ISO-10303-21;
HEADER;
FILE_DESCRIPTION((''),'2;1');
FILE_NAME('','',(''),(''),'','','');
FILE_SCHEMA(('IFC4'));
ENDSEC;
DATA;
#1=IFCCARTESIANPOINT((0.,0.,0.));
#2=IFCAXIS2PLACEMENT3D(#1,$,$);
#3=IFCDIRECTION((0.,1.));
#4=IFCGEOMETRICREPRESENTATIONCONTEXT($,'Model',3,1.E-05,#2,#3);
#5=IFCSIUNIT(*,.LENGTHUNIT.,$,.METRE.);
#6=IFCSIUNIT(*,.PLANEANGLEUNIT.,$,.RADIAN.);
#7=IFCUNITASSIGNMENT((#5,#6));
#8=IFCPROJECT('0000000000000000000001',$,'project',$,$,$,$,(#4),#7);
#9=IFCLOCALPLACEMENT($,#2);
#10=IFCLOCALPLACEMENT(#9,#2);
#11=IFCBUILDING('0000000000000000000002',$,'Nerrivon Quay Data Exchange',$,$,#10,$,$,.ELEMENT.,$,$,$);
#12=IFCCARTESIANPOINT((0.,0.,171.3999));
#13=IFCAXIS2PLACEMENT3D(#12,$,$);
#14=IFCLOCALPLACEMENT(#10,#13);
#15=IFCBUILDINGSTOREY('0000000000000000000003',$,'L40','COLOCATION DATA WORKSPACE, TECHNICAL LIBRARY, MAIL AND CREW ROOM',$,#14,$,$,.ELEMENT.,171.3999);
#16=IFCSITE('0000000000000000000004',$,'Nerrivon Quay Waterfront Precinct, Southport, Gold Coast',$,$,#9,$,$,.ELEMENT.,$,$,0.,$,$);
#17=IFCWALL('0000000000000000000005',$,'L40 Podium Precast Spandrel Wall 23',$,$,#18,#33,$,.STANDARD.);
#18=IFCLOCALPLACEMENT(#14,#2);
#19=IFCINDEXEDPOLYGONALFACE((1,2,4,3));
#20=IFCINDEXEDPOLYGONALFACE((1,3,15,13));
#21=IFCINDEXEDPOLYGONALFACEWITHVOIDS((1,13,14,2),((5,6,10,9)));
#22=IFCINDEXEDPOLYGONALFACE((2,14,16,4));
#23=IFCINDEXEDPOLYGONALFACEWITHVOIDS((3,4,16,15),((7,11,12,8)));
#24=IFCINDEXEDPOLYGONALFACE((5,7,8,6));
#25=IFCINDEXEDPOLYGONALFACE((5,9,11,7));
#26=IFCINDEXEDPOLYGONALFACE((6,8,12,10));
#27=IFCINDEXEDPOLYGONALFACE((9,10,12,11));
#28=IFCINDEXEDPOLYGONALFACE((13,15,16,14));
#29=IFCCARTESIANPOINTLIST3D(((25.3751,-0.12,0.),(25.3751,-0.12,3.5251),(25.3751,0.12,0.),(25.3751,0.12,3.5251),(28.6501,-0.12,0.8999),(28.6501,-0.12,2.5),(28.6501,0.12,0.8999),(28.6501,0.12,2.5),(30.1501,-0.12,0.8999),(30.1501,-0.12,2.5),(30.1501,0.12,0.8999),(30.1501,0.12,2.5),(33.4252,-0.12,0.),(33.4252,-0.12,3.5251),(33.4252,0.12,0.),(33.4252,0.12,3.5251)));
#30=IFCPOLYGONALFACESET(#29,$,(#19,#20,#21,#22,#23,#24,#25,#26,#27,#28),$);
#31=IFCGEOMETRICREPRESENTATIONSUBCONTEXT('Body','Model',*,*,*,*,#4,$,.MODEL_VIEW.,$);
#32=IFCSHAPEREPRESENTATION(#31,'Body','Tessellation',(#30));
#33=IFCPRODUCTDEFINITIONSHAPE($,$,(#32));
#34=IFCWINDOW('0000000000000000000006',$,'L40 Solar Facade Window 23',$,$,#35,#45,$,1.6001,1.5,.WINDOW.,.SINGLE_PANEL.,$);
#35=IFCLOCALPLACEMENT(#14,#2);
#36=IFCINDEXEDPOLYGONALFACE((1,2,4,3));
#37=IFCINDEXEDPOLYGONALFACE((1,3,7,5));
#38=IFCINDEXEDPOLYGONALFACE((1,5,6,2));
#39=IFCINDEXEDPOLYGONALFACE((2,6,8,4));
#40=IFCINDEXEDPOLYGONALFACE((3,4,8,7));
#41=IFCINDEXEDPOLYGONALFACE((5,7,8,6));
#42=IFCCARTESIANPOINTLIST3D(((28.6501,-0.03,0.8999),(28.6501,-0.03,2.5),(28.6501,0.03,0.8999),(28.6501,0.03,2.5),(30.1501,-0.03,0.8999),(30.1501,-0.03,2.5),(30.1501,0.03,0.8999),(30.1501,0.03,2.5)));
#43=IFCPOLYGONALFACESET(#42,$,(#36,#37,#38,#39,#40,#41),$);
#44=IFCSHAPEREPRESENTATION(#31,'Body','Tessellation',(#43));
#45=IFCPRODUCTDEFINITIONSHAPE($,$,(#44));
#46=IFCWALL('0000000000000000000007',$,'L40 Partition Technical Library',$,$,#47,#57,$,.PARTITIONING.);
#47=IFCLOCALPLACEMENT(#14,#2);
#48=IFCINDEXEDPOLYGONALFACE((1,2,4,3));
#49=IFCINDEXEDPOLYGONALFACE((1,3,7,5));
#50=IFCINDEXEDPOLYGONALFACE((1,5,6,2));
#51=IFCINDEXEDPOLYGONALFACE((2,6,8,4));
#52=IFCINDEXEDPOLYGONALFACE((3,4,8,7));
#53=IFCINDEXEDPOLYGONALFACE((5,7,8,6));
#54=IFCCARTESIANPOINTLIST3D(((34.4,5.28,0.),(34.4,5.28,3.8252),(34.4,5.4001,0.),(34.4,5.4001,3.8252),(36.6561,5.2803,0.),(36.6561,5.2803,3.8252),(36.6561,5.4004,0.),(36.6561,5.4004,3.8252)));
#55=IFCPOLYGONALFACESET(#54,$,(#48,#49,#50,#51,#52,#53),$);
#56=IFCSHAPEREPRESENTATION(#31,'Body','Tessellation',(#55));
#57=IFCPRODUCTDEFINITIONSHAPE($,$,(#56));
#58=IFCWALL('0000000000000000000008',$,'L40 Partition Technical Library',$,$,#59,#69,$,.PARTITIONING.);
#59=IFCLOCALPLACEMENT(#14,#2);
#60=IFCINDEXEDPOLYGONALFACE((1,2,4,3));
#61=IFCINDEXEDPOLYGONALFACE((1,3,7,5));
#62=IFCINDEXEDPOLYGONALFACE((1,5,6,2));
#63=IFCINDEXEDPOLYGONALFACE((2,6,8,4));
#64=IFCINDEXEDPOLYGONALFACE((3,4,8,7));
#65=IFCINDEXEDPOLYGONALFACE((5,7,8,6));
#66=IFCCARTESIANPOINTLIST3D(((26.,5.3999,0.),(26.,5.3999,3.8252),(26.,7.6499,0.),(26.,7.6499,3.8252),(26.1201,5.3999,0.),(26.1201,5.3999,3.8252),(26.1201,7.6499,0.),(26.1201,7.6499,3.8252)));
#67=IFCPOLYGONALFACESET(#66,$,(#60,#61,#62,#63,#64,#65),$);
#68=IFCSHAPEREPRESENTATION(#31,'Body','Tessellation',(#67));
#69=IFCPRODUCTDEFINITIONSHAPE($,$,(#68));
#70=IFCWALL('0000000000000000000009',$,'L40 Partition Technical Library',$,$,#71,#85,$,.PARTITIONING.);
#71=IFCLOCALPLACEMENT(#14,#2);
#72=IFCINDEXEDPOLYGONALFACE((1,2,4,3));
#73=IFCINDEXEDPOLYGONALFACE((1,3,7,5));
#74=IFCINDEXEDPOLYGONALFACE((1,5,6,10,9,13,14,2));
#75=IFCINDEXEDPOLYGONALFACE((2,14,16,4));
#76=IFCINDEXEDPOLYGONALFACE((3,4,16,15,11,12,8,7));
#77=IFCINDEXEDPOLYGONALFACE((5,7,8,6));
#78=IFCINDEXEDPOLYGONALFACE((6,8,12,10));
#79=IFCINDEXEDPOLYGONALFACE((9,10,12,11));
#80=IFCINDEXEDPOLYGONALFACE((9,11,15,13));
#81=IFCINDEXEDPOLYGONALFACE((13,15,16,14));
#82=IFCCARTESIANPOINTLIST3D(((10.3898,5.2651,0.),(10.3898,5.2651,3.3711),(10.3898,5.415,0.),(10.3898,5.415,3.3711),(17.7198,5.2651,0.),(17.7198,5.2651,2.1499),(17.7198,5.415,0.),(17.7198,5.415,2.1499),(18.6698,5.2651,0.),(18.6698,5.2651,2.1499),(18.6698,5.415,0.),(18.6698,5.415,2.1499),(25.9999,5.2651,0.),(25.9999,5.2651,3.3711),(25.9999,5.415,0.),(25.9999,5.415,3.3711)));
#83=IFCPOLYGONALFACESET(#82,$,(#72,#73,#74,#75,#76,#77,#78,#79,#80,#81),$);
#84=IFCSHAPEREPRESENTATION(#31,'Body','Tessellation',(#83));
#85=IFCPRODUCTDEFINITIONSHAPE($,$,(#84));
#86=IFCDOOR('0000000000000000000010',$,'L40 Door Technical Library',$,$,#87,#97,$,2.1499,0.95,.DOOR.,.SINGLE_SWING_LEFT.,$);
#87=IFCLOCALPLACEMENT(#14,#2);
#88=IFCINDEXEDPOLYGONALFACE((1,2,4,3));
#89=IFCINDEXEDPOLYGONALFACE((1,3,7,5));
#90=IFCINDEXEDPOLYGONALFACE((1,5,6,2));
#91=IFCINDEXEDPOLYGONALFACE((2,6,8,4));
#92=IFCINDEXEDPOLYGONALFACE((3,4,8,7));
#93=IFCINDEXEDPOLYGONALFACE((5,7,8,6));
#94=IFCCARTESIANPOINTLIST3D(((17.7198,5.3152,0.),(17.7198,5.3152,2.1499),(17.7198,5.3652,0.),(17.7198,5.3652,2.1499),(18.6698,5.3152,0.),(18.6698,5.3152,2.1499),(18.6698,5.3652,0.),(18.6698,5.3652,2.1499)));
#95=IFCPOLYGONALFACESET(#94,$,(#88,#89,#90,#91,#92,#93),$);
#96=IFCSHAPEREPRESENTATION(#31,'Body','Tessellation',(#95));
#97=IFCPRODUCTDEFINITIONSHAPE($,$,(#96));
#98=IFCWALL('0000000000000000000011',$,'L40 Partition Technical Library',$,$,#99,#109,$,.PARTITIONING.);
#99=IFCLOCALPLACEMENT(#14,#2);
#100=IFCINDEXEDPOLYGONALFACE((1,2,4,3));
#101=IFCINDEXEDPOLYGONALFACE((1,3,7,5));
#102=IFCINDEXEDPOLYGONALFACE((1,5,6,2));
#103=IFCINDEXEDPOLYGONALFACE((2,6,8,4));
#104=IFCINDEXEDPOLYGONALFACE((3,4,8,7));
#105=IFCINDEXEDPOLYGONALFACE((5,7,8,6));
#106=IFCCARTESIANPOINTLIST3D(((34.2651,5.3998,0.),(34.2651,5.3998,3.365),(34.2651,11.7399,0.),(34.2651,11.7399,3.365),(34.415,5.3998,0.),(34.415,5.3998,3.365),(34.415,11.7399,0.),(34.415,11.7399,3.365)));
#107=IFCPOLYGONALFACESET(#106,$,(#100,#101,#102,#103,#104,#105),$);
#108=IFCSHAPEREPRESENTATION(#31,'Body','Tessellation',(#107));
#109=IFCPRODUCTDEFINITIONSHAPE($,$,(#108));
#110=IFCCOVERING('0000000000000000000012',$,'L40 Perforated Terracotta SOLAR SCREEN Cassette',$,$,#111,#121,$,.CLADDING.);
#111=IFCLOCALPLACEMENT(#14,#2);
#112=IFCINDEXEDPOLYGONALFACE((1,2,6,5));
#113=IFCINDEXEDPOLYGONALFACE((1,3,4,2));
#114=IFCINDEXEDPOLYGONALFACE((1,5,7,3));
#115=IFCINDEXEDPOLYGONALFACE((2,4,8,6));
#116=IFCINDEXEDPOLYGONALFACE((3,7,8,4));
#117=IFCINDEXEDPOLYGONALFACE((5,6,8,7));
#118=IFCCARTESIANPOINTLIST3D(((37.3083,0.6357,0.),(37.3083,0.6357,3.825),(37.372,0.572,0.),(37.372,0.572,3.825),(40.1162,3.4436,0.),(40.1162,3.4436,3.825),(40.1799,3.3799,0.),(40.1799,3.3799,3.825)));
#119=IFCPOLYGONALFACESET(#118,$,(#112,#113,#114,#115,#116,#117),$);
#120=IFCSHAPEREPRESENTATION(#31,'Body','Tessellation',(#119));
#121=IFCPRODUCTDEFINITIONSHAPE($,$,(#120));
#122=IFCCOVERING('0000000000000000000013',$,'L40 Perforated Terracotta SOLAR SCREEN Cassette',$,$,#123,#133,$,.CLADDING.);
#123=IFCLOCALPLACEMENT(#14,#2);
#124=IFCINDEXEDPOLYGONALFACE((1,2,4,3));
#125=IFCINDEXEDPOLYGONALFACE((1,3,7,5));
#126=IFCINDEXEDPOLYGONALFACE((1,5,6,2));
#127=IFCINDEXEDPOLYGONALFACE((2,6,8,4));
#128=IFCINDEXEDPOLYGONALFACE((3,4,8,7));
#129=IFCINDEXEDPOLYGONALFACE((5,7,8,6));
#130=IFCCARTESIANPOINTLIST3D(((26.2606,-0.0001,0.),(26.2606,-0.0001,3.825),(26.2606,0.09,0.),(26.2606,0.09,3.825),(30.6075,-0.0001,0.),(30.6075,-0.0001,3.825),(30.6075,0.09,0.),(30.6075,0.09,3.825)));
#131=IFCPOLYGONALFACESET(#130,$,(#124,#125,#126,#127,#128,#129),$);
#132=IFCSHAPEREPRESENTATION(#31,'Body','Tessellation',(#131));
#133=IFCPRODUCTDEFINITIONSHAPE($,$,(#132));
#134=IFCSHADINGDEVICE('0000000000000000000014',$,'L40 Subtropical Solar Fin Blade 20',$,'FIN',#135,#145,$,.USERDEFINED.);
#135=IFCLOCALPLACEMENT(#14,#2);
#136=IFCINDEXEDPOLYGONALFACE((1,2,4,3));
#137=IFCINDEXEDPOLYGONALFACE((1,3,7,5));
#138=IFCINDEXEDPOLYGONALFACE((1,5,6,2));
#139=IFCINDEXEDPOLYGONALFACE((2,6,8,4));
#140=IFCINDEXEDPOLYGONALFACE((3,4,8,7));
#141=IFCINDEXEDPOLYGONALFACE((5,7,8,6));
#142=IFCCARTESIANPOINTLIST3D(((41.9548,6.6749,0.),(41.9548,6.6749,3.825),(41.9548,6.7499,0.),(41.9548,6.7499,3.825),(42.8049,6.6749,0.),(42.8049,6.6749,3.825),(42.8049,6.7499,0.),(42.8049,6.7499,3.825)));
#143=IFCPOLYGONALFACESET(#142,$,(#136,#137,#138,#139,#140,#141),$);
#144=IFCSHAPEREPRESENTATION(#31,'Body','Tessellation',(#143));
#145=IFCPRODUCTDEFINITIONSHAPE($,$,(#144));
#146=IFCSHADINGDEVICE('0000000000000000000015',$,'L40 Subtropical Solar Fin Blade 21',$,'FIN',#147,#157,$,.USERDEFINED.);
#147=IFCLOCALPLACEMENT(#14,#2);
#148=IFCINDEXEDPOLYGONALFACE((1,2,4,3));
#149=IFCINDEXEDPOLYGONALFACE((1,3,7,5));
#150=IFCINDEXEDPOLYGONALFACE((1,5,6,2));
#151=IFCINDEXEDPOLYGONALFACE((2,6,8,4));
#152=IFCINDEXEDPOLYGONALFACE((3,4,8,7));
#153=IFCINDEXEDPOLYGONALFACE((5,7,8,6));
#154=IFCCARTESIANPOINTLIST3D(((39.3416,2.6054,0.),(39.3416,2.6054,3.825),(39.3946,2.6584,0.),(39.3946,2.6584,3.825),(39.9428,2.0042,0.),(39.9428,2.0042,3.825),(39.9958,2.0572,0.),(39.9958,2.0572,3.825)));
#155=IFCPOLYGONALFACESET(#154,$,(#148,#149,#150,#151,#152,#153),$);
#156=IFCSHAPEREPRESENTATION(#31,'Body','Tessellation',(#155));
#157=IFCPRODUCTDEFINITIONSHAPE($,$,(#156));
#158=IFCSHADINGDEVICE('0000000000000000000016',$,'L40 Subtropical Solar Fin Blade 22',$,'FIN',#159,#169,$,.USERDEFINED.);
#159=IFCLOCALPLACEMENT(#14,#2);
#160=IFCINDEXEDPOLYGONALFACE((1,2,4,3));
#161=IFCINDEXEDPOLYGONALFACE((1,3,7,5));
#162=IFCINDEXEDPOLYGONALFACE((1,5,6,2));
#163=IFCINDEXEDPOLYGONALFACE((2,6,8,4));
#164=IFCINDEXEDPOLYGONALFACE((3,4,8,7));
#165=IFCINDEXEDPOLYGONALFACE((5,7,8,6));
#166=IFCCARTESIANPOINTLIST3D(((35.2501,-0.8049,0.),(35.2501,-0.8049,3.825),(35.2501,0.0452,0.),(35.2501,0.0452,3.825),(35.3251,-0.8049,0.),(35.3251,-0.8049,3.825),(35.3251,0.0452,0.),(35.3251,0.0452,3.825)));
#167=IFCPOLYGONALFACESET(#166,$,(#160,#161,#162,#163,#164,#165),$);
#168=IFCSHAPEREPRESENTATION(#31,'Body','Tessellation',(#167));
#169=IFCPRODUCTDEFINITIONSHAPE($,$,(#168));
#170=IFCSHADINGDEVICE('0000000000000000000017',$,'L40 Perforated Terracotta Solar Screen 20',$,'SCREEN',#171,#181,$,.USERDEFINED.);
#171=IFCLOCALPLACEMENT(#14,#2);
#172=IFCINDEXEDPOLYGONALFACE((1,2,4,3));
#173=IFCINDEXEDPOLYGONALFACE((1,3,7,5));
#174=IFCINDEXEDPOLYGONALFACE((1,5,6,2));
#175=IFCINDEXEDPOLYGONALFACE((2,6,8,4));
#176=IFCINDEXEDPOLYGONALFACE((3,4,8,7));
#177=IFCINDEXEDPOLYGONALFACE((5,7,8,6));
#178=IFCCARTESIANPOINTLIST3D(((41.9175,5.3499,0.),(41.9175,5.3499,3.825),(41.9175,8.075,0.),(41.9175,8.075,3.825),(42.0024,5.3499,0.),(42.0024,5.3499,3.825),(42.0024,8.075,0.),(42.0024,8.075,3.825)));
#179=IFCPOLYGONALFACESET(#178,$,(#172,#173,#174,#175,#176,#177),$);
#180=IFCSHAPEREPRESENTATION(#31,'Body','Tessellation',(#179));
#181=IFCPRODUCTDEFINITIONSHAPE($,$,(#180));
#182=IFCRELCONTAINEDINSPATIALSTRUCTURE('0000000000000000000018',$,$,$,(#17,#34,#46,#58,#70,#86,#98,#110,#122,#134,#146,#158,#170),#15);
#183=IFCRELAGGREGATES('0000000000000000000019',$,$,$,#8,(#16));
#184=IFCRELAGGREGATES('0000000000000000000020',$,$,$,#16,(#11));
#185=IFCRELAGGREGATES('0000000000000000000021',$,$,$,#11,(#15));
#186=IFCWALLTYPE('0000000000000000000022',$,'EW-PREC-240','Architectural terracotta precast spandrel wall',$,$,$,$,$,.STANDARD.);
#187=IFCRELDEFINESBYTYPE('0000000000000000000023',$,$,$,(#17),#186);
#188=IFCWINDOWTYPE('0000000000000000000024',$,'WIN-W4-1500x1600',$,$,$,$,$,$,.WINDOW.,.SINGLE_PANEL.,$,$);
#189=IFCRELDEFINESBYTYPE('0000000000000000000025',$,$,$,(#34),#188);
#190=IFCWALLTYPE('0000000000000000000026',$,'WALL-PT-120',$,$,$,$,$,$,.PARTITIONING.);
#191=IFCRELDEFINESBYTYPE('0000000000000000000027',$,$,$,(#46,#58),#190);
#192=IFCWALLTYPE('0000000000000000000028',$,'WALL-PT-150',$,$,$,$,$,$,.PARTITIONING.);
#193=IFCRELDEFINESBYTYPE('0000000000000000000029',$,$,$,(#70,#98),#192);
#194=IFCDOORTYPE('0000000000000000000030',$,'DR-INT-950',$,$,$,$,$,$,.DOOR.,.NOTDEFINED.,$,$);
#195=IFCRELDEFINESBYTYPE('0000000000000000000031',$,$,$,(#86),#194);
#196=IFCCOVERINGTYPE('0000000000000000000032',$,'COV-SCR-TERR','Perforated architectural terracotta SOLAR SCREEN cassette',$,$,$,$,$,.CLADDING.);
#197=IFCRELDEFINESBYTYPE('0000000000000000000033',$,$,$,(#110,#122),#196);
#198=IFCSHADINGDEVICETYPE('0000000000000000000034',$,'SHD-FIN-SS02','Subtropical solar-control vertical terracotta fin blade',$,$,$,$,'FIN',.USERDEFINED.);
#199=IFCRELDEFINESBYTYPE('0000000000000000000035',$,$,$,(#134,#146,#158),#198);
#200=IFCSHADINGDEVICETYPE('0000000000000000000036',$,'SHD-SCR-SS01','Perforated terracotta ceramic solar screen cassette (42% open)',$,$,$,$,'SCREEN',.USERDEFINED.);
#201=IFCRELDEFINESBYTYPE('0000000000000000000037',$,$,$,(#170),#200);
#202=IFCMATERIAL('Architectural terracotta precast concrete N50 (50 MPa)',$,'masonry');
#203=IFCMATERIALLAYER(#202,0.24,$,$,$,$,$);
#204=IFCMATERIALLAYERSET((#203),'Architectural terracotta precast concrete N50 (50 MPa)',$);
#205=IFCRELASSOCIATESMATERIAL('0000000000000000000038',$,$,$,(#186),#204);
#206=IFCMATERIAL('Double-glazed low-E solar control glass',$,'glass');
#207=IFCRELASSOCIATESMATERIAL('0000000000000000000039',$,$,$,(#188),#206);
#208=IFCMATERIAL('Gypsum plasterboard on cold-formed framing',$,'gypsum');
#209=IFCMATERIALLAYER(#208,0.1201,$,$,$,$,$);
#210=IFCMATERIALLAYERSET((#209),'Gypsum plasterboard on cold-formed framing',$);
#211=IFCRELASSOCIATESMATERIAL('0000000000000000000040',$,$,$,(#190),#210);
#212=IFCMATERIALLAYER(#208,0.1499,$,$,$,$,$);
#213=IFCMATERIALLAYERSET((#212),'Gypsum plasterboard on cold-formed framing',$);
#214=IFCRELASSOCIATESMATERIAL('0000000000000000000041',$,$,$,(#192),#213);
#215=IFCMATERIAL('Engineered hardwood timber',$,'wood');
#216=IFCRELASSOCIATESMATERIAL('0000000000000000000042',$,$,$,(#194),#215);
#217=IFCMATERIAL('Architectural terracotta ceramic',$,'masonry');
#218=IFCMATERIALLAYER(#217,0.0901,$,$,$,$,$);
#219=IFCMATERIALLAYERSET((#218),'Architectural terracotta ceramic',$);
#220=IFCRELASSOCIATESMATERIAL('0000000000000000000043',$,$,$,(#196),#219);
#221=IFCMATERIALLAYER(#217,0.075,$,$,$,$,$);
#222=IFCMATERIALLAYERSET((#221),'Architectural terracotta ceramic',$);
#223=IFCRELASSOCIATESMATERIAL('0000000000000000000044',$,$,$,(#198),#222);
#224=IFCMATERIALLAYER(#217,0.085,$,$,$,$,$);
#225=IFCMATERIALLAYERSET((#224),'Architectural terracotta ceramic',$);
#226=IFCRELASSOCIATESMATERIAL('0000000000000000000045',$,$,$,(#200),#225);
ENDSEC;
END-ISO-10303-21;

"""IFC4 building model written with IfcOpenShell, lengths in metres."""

from ifc_helpers import new_model, si_unit, direction, frame, frame_2d, origin, origin_2d, place, context, subcontext, project, spatial, rectangle, extrude, material, layer, layer_set, type_object, element, fill, save


model = new_model("IFC4")

# Units and contexts
model_context = context("Model", 3, precision=1e-05, world=origin(), true_north=direction((0.0, 1.0)))
body_context = subcontext(model_context, "Body", "Model", "MODEL_VIEW")
ifc_project = project(units=[si_unit("LENGTHUNIT", "METRE"), si_unit("PLANEANGLEUNIT", "RADIAN")], contexts=[model_context])

# Site, building, storey
site_placement = place(None, origin())
site = spatial("IfcSite", under=ifc_project, at=site_placement, Name="Nerrivon Quay Waterfront Precinct, Southport, Gold Coast", CompositionType="ELEMENT", RefElevation=0.0)
building_placement = place(site_placement, origin())
building = spatial("IfcBuilding", under=site, at=building_placement, Name="Nerrivon Quay Data Exchange", CompositionType="ELEMENT")
storey_placement = place(building_placement, frame((0.0, 0.0, 171.3999)))
storey = spatial("IfcBuildingStorey", under=building, at=storey_placement, Name="L40", Description="COLOCATION DATA WORKSPACE, TECHNICAL LIBRARY, MAIL AND CREW ROOM", CompositionType="ELEMENT", Elevation=171.3999)

# Shared definitions
ifc_material_1 = material(Name="Double-glazed low-E solar control glass", Category="glass")

# Wall, opening, window
ifc_material_2 = material(Name="Architectural terracotta precast concrete N50 (50 MPa)", Category="masonry")
ifc_layer_1 = layer(ifc_material_2, 0.24)
ifc_layer_set_1 = layer_set([ifc_layer_1], Name="Architectural terracotta precast concrete N50 (50 MPa)")
wall_type_1 = type_object("IfcWallType", Name="EW-PREC-240", Description="Architectural terracotta precast spandrel wall", PredefinedType="STANDARD", material=ifc_layer_set_1)
wall_1_placement = place(storey_placement, frame((33.425, 0.0, 0.0), z_axis=(0.0, 0.0, 1.0), x_axis=(-1.0, 0.0, 0.0)))
wall_1 = element("IfcWall", 1, at=wall_1_placement, inside=storey, type_object=wall_type_1, Name="L40 Podium Precast Spandrel Wall 23", PredefinedType="STANDARD", context=body_context, shape_type="SweptSolid", body=[
    extrude(rectangle(XDim=8.05, YDim=0.24, at=frame_2d((4.0249, 0.0))), origin(), (0.0, 0.0, 1.0), 3.5251),
])
opening_1_placement = place(wall_1_placement, frame((3.2749, 0.0, 0.8999)))
opening_1 = element("IfcOpeningElement", 2, at=opening_1_placement, cuts=wall_1, PredefinedType="OPENING", context=body_context, shape_type="SweptSolid", body=[
    extrude(rectangle(XDim=1.5, YDim=1.6001, at=frame_2d((0.75, 0.8))), frame((0.0, 0.1299, 0.0), z_axis=(0.0, -1.0, 0.0), x_axis=(1.0, 0.0, 0.0)), (0.0, 0.0, 1.0), 0.26),
])
window_type = type_object("IfcWindowType", Name="WIN-W4-1500x1600", PartitioningType="SINGLE_PANEL", PredefinedType="WINDOW", material=ifc_material_1)
window_placement = place(opening_1_placement, origin())
window = element("IfcWindow", 3, at=window_placement, inside=storey, type_object=window_type, Name="L40 Solar Facade Window 23", OverallHeight=1.6001, OverallWidth=1.5, PartitioningType="SINGLE_PANEL", PredefinedType="WINDOW", context=body_context, shape_type="SweptSolid", body=[
    extrude(rectangle(XDim=1.5, YDim=1.6001, at=frame_2d((0.75, 0.8))), frame((0.0, 0.03, 0.0), z_axis=(0.0, -1.0, 0.0), x_axis=(1.0, 0.0, 0.0)), (0.0, 0.0, 1.0), 0.0601),
])
fill(opening_1, window)

# Walls
ifc_material_3 = material(Name="Gypsum plasterboard on cold-formed framing", Category="gypsum")
ifc_layer_2 = layer(ifc_material_3, 0.1201)
ifc_layer_set_2 = layer_set([ifc_layer_2], Name="Gypsum plasterboard on cold-formed framing")
wall_type_2 = type_object("IfcWallType", Name="WALL-PT-120", PredefinedType="PARTITIONING", material=ifc_layer_set_2)
wall_2_placement = place(storey_placement, frame((36.656, 5.3403, 0.0), z_axis=(0.0, 0.0, 1.0), x_axis=(-1.0, -0.000108, 0.0)))
element("IfcWall", 4, at=wall_2_placement, inside=storey, type_object=wall_type_2, Name="L40 Partition Technical Library", PredefinedType="PARTITIONING", context=body_context, shape_type="SweptSolid", body=[
    extrude(rectangle(XDim=2.2561, YDim=0.1201, at=frame_2d((1.1279, 0.0))), origin(), (0.0, 0.0, 1.0), 3.8252),
])
wall_3_placement = place(storey_placement, frame((26.0601, 7.6499, 0.0), z_axis=(0.0, 0.0, 1.0), x_axis=(0.0, -1.0, 0.0)))
element("IfcWall", 5, at=wall_3_placement, inside=storey, type_object=wall_type_2, Name="L40 Partition Technical Library", PredefinedType="PARTITIONING", context=body_context, shape_type="SweptSolid", body=[
    extrude(rectangle(XDim=2.25, YDim=0.1201, at=frame_2d((1.125, 0.0))), origin(), (0.0, 0.0, 1.0), 3.8252),
])

# Wall, opening, door
ifc_layer_3 = layer(ifc_material_3, 0.1499)
ifc_layer_set_3 = layer_set([ifc_layer_3], Name="Gypsum plasterboard on cold-formed framing")
wall_type_3 = type_object("IfcWallType", Name="WALL-PT-150", PredefinedType="PARTITIONING", material=ifc_layer_set_3)
wall_4_placement = place(storey_placement, frame((26.0, 5.3401, 0.0), z_axis=(0.0, 0.0, 1.0), x_axis=(-1.0, 0.0, 0.0)))
wall_4 = element("IfcWall", 6, at=wall_4_placement, inside=storey, type_object=wall_type_3, Name="L40 Partition Technical Library", PredefinedType="PARTITIONING", context=body_context, shape_type="SweptSolid", body=[
    extrude(rectangle(XDim=15.6101, YDim=0.1499, at=frame_2d((7.8052, 0.0))), origin(), (0.0, 0.0, 1.0), 3.3711),
])
opening_2_placement = place(wall_4_placement, frame((7.3301, 0.0, 0.0)))
opening_2 = element("IfcOpeningElement", 7, at=opening_2_placement, cuts=wall_4, PredefinedType="OPENING", context=body_context, shape_type="SweptSolid", body=[
    extrude(rectangle(XDim=0.95, YDim=2.1499, at=frame_2d((0.4751, 1.075))), frame((0.0, 0.085, 0.0), z_axis=(0.0, -1.0, 0.0), x_axis=(1.0, 0.0, 0.0)), (0.0, 0.0, 1.0), 0.1699),
])
ifc_material_4 = material(Name="Engineered hardwood timber", Category="wood")
door_type = type_object("IfcDoorType", Name="DR-INT-950", OperationType="NOTDEFINED", PredefinedType="DOOR", material=ifc_material_4)
door_placement = place(opening_2_placement, origin())
door = element("IfcDoor", 8, at=door_placement, inside=storey, type_object=door_type, Name="L40 Door Technical Library", OperationType="SINGLE_SWING_LEFT", OverallHeight=2.1499, OverallWidth=0.95, PredefinedType="DOOR", context=body_context, shape_type="SweptSolid", body=[
    extrude(rectangle(XDim=0.95, YDim=2.1499, at=frame_2d((0.4751, 1.075))), frame((0.0, 0.0249, 0.0), z_axis=(0.0, -1.0, 0.0), x_axis=(1.0, 0.0, 0.0)), (0.0, 0.0, 1.0), 0.05),
])
fill(opening_2, door)

# Wall
wall_5_placement = place(storey_placement, frame((34.3401, 5.3999, 0.0), z_axis=(0.0, 0.0, 1.0), x_axis=(0.0, 1.0, 0.0)))
element("IfcWall", 9, at=wall_5_placement, inside=storey, type_object=wall_type_3, Name="L40 Partition Technical Library", PredefinedType="PARTITIONING", context=body_context, shape_type="SweptSolid", body=[
    extrude(rectangle(XDim=6.3401, YDim=0.1499, at=frame_2d((3.1699, 0.0))), origin(), (0.0, 0.0, 1.0), 3.365),
])

# Coverings
ifc_material_5 = material(Name="Architectural terracotta ceramic", Category="masonry")
ifc_layer_4 = layer(ifc_material_5, 0.0901)
ifc_layer_set_4 = layer_set([ifc_layer_4], Name="Architectural terracotta ceramic")
covering_type = type_object("IfcCoveringType", Name="COV-SCR-TERR", Description="Perforated architectural terracotta SOLAR SCREEN cassette", PredefinedType="CLADDING", material=ifc_layer_set_4)
covering_1_placement = place(storey_placement, frame((38.7441, 2.0078, 0.0), z_axis=(0.0, 0.0, 1.0), x_axis=(-0.707107, -0.707107, 0.0)))
element("IfcCovering", 10, at=covering_1_placement, inside=storey, type_object=covering_type, Name="L40 Perforated Terracotta SOLAR SCREEN Cassette", PredefinedType="CLADDING", context=body_context, shape_type="SweptSolid", body=[
    extrude(rectangle(XDim=3.9709, YDim=0.0901, at=origin_2d()), origin(), (0.0, 0.0, 1.0), 3.825),
])
covering_2_placement = place(storey_placement, frame((28.4341, 0.0449, 0.0), z_axis=(0.0, 0.0, 1.0), x_axis=(-1.0, 0.0, 0.0)))
element("IfcCovering", 11, at=covering_2_placement, inside=storey, type_object=covering_type, Name="L40 Perforated Terracotta SOLAR SCREEN Cassette", PredefinedType="CLADDING", context=body_context, shape_type="SweptSolid", body=[
    extrude(rectangle(XDim=4.3469, YDim=0.0901, at=origin_2d()), origin(), (0.0, 0.0, 1.0), 3.825),
])

# Shading devices
ifc_layer_5 = layer(ifc_material_5, 0.075)
ifc_layer_set_5 = layer_set([ifc_layer_5], Name="Architectural terracotta ceramic")
shading_device_type_1 = type_object("IfcShadingDeviceType", Name="SHD-FIN-SS02", Description="Subtropical solar-control vertical terracotta fin blade", ElementType="FIN", PredefinedType="USERDEFINED", material=ifc_layer_set_5)
for number, where, z_axis, x_axis, name in (
    (12, (42.3799, 6.7124, 0.0), (0.0, 0.0, 1.0), (0.0, -1.0, 0.0), "L40 Subtropical Solar Fin Blade 20"),
    (13, (39.6687, 2.3313, 0.0), (0.0, 0.0, 1.0), (-0.707107, -0.707107, 0.0), "L40 Subtropical Solar Fin Blade 21"),
    (14, (35.2876, -0.3799, 0.0), (0.0, 0.0, 1.0), (-1.0, 0.0, 0.0), "L40 Subtropical Solar Fin Blade 22"),
):
    element("IfcShadingDevice", number, at=place(storey_placement, frame(where, z_axis=z_axis, x_axis=x_axis)), inside=storey, type_object=shading_device_type_1, Name=name, ObjectType="FIN", PredefinedType="USERDEFINED", context=body_context, shape_type="SweptSolid", body=[
        extrude(rectangle(XDim=0.075, YDim=0.8501, at=origin_2d()), origin(), (0.0, 0.0, 1.0), 3.825),
    ])
ifc_layer_6 = layer(ifc_material_5, 0.085)
ifc_layer_set_6 = layer_set([ifc_layer_6], Name="Architectural terracotta ceramic")
shading_device_type_2 = type_object("IfcShadingDeviceType", Name="SHD-SCR-SS01", Description="Perforated terracotta ceramic solar screen cassette (42% open)", ElementType="SCREEN", PredefinedType="USERDEFINED", material=ifc_layer_set_6)
shading_device_1_placement = place(storey_placement, frame((41.96, 6.7124, 0.0), z_axis=(0.0, 0.0, 1.0), x_axis=(0.0, -1.0, 0.0)))
element("IfcShadingDevice", 15, at=shading_device_1_placement, inside=storey, type_object=shading_device_type_2, Name="L40 Perforated Terracotta Solar Screen 20", ObjectType="SCREEN", PredefinedType="USERDEFINED", context=body_context, shape_type="SweptSolid", body=[
    extrude(rectangle(XDim=2.7251, YDim=0.085, at=origin_2d()), origin(), (0.0, 0.0, 1.0), 3.825),
])

save(model, "model.ifc")
